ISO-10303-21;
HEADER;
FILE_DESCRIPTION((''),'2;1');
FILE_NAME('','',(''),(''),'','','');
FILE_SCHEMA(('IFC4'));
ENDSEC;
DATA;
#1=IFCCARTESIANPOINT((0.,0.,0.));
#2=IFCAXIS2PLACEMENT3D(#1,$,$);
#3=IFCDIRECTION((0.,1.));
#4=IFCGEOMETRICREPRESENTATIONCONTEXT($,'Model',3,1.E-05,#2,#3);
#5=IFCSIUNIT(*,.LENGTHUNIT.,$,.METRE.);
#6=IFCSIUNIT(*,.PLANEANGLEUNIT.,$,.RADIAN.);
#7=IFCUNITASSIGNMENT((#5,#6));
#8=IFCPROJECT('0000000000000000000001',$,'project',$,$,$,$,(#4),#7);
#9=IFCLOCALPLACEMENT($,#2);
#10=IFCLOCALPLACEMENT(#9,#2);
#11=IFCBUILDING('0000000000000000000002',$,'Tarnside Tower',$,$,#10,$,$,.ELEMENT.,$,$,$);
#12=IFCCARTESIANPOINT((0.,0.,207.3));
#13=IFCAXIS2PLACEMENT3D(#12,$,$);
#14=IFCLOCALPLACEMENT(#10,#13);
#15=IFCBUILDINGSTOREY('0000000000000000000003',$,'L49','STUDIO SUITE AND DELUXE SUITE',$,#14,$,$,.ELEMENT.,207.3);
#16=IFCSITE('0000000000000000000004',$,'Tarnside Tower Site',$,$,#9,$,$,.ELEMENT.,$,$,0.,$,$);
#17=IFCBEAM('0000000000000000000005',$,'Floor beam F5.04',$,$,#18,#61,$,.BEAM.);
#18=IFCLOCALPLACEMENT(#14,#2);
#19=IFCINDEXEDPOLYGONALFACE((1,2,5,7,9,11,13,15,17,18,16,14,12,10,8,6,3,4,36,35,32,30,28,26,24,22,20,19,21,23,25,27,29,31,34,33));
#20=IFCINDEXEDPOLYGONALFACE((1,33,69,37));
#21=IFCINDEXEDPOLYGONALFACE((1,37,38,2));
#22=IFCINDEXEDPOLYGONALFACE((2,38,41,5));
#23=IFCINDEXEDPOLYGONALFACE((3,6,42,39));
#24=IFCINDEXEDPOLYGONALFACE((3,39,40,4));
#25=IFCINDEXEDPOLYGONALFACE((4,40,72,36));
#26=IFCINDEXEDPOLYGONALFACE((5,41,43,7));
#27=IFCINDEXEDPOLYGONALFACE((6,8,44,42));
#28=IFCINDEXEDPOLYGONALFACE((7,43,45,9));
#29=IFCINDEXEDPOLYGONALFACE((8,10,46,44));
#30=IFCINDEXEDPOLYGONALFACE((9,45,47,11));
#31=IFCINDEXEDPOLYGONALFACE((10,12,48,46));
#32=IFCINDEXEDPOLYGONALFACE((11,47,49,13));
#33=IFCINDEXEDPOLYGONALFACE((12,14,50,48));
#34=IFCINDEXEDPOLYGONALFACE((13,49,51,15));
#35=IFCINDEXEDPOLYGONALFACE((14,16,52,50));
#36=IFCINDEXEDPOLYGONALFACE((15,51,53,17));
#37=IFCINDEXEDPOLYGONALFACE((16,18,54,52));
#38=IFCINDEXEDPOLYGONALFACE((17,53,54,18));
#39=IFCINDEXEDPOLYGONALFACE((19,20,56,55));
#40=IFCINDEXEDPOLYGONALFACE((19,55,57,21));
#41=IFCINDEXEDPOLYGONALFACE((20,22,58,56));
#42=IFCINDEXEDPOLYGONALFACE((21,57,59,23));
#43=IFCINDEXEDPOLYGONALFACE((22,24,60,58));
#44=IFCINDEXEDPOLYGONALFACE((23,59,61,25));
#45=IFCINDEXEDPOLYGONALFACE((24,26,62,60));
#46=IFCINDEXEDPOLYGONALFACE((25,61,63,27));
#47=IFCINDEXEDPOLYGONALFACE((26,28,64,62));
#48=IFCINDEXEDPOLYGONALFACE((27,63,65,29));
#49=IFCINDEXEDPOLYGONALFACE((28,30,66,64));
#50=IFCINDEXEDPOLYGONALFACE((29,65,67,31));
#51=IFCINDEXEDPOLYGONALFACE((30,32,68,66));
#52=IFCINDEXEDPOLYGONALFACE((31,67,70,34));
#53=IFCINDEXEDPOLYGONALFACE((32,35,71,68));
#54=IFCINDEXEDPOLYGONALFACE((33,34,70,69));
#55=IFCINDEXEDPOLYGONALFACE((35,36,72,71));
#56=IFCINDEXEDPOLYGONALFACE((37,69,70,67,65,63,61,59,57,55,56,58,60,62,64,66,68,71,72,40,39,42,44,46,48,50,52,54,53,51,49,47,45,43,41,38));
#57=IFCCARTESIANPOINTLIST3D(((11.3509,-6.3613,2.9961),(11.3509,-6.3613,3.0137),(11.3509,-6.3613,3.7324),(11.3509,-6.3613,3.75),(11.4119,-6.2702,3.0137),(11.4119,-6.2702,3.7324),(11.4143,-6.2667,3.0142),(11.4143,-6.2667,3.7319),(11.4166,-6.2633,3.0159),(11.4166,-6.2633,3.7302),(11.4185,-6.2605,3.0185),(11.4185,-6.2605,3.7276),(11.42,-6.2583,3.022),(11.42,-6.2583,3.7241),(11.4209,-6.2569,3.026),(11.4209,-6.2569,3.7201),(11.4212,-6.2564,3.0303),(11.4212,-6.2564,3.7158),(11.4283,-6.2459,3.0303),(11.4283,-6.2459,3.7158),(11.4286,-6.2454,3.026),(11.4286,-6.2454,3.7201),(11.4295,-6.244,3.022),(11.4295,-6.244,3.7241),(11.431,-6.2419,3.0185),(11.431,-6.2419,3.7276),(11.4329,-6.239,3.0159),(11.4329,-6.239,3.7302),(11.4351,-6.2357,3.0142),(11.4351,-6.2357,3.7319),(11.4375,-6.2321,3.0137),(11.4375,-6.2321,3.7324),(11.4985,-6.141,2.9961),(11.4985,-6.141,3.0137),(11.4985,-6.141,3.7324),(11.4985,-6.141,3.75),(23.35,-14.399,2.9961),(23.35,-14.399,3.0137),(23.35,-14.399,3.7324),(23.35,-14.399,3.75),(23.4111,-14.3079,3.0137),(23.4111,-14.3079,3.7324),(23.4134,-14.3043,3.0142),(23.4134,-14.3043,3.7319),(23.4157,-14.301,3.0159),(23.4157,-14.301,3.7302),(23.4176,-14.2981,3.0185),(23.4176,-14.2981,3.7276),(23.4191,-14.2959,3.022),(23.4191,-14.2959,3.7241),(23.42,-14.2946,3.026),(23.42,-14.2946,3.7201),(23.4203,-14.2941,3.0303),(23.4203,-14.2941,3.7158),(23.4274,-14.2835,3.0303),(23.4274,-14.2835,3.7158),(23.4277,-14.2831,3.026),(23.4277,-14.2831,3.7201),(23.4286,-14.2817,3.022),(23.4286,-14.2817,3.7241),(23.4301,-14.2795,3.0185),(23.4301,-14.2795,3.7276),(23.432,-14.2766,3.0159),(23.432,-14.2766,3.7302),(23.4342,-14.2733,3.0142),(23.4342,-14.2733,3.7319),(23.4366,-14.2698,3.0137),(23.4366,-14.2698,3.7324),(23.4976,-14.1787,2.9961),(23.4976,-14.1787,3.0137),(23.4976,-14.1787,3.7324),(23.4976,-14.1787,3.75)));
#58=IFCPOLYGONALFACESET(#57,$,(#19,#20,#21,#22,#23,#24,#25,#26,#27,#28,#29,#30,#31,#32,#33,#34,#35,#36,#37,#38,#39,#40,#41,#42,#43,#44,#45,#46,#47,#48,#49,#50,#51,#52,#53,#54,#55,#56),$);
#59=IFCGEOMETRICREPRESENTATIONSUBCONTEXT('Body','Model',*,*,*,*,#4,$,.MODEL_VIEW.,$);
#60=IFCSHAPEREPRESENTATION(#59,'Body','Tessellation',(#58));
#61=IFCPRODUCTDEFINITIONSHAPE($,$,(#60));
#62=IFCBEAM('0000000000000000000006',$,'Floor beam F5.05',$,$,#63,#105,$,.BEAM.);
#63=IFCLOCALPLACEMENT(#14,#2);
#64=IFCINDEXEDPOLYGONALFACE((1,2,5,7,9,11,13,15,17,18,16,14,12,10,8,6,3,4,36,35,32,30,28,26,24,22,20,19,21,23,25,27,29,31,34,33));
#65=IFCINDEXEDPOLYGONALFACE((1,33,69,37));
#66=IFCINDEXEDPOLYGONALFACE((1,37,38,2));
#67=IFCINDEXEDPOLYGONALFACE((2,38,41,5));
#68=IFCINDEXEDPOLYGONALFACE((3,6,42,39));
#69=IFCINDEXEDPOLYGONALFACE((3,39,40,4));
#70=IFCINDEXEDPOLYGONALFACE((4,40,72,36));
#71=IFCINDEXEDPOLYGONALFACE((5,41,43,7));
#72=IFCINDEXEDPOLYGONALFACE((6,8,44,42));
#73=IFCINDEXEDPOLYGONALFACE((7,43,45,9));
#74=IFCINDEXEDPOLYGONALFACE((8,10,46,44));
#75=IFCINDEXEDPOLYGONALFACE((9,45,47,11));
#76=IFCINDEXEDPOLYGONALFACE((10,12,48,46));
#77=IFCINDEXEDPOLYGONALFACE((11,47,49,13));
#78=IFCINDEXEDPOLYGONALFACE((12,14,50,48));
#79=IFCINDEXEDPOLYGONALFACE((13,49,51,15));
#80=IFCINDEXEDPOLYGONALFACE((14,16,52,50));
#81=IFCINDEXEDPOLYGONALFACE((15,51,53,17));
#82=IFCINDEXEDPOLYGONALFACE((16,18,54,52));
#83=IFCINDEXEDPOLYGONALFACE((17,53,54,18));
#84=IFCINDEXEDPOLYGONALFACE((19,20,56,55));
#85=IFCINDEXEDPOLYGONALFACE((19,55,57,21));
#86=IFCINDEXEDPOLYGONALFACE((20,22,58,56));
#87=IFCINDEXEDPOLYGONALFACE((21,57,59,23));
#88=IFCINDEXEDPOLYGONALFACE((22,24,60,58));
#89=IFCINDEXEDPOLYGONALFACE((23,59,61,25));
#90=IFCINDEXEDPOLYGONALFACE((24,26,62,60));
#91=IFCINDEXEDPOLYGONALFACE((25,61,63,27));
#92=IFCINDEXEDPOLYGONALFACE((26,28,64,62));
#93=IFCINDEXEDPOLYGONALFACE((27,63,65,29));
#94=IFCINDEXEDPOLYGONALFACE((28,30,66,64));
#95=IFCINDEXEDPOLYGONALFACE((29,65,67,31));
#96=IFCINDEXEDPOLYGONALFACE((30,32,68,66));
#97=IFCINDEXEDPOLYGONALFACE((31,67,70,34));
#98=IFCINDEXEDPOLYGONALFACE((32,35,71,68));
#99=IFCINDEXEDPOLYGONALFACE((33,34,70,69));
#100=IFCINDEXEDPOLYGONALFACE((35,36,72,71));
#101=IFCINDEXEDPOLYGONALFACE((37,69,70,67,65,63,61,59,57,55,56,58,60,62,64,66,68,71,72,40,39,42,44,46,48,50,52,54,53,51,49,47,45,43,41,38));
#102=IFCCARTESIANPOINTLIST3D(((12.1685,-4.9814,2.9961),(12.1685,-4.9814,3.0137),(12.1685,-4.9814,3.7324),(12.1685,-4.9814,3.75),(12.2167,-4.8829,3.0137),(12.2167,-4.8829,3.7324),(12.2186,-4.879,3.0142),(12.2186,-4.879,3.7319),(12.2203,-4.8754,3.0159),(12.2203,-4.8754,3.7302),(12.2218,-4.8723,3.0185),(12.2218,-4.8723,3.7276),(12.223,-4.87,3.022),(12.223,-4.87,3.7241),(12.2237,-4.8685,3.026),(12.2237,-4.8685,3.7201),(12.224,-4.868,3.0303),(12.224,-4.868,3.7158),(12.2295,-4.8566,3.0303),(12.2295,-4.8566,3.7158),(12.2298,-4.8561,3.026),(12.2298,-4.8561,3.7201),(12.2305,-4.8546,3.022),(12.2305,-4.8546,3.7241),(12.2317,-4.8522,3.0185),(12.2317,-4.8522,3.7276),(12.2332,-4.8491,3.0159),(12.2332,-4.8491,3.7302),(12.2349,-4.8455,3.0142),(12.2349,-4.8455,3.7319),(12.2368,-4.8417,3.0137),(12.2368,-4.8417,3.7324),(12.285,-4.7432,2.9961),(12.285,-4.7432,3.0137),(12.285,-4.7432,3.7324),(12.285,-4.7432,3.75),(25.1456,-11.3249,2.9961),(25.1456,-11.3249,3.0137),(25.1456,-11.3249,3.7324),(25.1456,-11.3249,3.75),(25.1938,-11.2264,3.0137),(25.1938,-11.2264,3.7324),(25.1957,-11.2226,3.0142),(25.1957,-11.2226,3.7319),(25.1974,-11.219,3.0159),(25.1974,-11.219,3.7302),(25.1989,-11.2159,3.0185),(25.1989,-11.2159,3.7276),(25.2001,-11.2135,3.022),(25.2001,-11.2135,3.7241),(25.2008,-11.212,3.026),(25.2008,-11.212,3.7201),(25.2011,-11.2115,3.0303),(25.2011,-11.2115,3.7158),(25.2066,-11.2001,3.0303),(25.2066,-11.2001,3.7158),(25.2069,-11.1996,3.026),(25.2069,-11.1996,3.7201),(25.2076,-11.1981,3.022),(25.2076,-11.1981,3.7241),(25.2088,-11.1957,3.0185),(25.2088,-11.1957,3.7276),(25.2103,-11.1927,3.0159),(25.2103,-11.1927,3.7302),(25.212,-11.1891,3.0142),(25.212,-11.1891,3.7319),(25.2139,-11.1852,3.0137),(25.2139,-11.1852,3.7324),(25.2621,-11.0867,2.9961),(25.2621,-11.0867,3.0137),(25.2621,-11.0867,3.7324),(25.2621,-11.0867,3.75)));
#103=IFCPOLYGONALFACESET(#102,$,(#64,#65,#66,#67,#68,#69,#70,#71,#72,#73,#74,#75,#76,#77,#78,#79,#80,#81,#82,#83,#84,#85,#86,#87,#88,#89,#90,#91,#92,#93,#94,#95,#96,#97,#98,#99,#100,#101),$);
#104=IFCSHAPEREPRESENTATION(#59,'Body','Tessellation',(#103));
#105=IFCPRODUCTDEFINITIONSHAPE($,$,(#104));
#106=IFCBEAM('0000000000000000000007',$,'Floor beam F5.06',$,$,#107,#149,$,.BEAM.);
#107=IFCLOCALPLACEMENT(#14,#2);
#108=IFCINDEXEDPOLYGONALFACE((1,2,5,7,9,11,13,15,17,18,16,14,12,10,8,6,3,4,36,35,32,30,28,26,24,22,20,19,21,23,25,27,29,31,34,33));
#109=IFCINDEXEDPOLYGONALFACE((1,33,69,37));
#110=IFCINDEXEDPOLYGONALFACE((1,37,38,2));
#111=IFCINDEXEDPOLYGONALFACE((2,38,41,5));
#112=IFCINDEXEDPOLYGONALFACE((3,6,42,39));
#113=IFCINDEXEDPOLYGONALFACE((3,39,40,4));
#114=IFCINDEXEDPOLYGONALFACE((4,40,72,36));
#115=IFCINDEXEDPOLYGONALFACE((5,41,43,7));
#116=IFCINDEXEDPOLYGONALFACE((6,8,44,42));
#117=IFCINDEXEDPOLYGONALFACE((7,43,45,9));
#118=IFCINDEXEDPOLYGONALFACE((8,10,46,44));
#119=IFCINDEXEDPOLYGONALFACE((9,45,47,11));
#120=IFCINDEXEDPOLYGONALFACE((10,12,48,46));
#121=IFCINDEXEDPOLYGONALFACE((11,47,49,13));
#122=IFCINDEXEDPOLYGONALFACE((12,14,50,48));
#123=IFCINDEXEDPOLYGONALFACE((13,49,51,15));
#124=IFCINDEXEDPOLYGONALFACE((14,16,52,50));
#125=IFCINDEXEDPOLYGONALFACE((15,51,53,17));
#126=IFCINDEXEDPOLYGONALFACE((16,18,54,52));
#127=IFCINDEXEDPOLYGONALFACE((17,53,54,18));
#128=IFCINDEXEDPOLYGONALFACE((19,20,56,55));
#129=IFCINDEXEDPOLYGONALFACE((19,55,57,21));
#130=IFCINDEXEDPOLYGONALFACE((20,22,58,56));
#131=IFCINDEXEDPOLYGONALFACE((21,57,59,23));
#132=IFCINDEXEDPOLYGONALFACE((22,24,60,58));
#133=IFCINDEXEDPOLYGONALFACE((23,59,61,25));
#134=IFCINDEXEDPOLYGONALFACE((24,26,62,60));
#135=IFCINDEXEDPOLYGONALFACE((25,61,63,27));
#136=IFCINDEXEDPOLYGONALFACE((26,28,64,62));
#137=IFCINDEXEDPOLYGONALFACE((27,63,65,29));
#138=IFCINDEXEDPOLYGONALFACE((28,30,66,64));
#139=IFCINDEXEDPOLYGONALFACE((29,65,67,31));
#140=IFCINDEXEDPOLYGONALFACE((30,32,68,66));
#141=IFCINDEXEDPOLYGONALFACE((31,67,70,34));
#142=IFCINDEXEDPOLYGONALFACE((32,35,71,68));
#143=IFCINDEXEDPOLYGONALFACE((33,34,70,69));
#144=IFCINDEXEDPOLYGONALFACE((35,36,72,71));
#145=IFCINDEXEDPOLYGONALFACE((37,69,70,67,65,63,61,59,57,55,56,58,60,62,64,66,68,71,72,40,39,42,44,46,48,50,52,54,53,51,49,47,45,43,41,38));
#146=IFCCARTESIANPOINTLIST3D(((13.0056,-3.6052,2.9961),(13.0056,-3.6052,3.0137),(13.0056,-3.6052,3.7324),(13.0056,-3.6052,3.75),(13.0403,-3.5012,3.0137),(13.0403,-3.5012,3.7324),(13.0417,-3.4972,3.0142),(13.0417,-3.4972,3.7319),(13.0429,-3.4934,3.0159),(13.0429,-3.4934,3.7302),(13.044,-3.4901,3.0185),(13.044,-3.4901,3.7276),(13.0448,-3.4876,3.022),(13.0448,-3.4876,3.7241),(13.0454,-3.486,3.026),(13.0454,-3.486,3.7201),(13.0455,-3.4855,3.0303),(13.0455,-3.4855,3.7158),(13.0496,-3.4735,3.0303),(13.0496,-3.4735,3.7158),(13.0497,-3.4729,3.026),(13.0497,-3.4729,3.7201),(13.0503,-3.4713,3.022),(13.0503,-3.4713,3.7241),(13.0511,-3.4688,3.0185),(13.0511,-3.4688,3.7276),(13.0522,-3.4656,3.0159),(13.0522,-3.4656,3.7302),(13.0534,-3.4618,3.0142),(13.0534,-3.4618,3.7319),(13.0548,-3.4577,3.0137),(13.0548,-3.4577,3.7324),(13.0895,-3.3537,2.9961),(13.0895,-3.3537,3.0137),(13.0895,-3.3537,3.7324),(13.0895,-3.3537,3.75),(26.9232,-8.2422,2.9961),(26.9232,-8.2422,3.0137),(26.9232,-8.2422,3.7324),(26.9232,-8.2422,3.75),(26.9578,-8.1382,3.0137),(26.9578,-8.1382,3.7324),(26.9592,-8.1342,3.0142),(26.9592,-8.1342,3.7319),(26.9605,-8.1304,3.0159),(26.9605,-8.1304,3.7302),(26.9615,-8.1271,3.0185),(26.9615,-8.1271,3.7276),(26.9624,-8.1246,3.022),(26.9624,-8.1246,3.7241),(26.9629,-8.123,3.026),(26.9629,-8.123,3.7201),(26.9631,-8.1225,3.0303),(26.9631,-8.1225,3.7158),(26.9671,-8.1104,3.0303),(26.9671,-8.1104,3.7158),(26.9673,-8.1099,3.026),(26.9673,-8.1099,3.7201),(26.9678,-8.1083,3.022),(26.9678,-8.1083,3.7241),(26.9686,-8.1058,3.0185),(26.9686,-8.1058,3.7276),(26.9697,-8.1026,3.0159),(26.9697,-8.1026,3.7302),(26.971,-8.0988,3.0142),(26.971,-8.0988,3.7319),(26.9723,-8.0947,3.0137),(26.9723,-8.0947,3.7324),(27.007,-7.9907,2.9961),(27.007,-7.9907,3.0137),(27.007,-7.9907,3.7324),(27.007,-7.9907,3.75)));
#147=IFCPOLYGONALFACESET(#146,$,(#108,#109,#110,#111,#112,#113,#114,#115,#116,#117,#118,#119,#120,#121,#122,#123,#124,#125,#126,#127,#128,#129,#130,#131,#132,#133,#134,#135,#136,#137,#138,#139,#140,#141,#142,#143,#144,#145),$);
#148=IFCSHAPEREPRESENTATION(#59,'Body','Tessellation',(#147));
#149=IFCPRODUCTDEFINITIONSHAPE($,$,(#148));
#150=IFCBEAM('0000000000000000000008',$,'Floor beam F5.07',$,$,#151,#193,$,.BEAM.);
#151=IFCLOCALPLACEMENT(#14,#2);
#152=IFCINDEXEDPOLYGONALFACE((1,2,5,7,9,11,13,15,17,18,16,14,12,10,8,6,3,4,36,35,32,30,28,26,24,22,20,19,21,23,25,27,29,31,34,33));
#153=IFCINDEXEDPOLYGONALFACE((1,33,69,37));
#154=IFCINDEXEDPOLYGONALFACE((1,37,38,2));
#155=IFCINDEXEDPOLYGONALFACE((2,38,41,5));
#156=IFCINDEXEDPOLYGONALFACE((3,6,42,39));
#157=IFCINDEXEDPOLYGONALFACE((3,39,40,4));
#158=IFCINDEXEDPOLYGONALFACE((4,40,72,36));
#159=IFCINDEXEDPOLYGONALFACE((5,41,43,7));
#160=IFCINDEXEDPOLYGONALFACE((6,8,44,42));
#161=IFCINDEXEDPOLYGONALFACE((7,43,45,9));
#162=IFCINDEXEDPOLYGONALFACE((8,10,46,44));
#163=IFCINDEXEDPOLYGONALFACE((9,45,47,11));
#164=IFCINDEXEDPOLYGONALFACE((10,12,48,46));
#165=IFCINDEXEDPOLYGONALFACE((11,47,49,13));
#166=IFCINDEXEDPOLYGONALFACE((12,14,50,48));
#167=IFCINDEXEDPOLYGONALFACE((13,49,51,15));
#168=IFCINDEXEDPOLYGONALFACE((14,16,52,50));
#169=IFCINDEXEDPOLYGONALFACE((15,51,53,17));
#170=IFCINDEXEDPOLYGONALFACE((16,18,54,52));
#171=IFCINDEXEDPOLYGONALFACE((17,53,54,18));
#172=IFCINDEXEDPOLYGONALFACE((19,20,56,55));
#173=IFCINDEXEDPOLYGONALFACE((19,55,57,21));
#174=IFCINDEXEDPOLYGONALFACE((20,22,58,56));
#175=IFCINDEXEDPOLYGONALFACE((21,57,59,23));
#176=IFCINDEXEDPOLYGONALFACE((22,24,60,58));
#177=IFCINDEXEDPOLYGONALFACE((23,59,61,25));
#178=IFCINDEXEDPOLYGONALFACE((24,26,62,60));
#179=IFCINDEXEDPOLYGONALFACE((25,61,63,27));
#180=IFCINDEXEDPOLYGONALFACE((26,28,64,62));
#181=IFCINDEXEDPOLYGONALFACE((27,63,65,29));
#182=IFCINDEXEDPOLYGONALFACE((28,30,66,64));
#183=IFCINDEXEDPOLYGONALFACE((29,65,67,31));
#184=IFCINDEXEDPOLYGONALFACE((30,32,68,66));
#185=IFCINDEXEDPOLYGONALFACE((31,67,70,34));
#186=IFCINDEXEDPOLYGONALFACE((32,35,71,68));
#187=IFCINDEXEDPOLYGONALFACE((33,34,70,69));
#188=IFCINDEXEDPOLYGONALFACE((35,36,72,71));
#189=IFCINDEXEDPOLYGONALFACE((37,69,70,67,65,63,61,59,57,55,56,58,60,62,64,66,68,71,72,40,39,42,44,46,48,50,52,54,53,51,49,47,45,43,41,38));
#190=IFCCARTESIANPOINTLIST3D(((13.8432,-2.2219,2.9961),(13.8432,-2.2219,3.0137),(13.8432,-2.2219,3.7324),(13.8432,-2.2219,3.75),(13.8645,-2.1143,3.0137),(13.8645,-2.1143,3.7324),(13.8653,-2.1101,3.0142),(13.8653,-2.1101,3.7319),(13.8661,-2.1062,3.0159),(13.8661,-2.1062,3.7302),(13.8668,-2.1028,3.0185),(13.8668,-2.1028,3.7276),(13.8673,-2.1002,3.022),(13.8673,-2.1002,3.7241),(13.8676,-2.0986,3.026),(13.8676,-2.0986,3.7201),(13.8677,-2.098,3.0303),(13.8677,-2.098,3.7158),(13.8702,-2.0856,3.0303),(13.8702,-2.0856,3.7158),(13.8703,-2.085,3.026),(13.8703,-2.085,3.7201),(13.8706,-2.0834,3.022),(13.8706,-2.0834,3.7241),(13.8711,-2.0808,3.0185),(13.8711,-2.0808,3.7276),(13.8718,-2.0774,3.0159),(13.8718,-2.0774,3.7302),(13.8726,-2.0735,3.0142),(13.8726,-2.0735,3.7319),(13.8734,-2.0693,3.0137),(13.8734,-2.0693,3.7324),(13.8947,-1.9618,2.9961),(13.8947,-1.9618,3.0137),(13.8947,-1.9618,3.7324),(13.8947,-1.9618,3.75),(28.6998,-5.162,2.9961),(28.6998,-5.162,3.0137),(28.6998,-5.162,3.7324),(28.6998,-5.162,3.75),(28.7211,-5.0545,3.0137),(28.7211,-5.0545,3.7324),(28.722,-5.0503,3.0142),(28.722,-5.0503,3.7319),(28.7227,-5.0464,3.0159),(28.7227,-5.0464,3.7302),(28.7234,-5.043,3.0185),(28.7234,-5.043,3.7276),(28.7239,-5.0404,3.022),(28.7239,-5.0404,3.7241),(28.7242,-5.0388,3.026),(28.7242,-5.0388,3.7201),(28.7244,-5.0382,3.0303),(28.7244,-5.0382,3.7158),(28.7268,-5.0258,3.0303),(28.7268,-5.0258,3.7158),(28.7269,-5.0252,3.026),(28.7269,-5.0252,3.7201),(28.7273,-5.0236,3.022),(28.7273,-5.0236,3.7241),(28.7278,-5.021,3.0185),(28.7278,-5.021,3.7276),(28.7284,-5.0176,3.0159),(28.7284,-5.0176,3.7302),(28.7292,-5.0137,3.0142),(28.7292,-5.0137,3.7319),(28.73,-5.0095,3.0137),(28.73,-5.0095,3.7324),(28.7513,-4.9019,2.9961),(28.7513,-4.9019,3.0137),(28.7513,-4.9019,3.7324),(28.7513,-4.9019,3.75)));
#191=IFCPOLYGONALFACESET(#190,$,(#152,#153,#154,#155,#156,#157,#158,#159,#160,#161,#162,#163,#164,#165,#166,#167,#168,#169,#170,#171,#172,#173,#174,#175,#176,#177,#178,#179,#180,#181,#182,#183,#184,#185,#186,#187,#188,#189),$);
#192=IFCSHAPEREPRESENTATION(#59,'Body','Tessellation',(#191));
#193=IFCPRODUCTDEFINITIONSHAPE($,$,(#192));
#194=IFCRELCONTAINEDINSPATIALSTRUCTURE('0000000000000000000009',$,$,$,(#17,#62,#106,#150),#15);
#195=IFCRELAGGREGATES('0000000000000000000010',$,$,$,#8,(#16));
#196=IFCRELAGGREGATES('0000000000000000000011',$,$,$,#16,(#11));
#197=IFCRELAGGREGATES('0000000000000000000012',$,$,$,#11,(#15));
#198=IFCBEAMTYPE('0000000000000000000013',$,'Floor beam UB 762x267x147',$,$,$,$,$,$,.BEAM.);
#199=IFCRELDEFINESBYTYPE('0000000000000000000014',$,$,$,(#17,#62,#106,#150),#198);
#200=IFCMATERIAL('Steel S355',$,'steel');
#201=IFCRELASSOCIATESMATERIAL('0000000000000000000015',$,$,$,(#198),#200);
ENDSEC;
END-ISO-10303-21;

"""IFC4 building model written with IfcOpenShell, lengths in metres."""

from ifc_helpers import new_model, si_unit, direction, frame, origin, origin_2d, place, context, subcontext, project, spatial, i_section, extrude, material, material_profile, profile_set, type_object, element, save


model = new_model("IFC4")

# Units and contexts
model_context = context("Model", 3, precision=1e-05, world=origin(), true_north=direction((0.0, 1.0)))
body_context = subcontext(model_context, "Body", "Model", "MODEL_VIEW")
ifc_project = project(units=[si_unit("LENGTHUNIT", "METRE"), si_unit("PLANEANGLEUNIT", "RADIAN")], contexts=[model_context])

# Site, building, storey
site_placement = place(None, origin())
site = spatial("IfcSite", under=ifc_project, at=site_placement, Name="Tarnside Tower Site", CompositionType="ELEMENT", RefElevation=0.0)
building_placement = place(site_placement, origin())
building = spatial("IfcBuilding", under=site, at=building_placement, Name="Tarnside Tower", CompositionType="ELEMENT")
storey_placement = place(building_placement, frame((0.0, 0.0, 207.3)))
storey = spatial("IfcBuildingStorey", under=building, at=storey_placement, Name="L49", Description="STUDIO SUITE AND DELUXE SUITE", CompositionType="ELEMENT", Elevation=207.3)

# Beams
ifc_material_1 = material(Name="Steel S355", Category="steel")
ifc_material_profile_1 = material_profile(ifc_material_1, i_section(OverallWidth=0.2651, OverallDepth=0.7539, WebThickness=0.0127, FlangeThickness=0.0176, FilletRadius=0.0166, at=origin_2d()), Name="UB 762x267x147")
ifc_profile_set_1 = profile_set([ifc_material_profile_1], Name="Steel S355")
beam_type_1 = type_object("IfcBeamType", Name="Floor beam UB 762x267x147", PredefinedType="BEAM", material=ifc_profile_set_1)
beam_1_placement = place(storey_placement, frame((23.4238, -14.2888, 3.373), z_axis=(-0.830826, 0.556532, 0.0), x_axis=(-0.556532, -0.830826, 0.0)))
element("IfcBeam", 1, at=beam_1_placement, inside=storey, type_object=beam_type_1, Name="Floor beam F5.04", PredefinedType="BEAM", context=body_context, shape_type="SweptSolid", body=[
    extrude(i_section(OverallWidth=0.2651, OverallDepth=0.7539, WebThickness=0.0127, FlangeThickness=0.0176, FilletRadius=0.0166, at=origin_2d()), origin(), (0.0, 0.0, 1.0), 14.4424),
])
beam_2_placement = place(storey_placement, frame((25.2039, -11.2058, 3.373), z_axis=(-0.898407, 0.439164, 0.0), x_axis=(-0.439164, -0.898407, 0.0)))
element("IfcBeam", 2, at=beam_2_placement, inside=storey, type_object=beam_type_1, Name="Floor beam F5.05", PredefinedType="BEAM", context=body_context, shape_type="SweptSolid", body=[
    extrude(i_section(OverallWidth=0.2651, OverallDepth=0.7539, WebThickness=0.0127, FlangeThickness=0.0176, FilletRadius=0.0166, at=origin_2d()), origin(), (0.0, 0.0, 1.0), 14.4446),
])
beam_3_placement = place(storey_placement, frame((26.9651, -8.1165, 3.373), z_axis=(-0.948728, 0.316093, 0.0), x_axis=(-0.316093, -0.948728, 0.0)))
element("IfcBeam", 3, at=beam_3_placement, inside=storey, type_object=beam_type_1, Name="Floor beam F5.06", PredefinedType="BEAM", context=body_context, shape_type="SweptSolid", body=[
    extrude(i_section(OverallWidth=0.2651, OverallDepth=0.7539, WebThickness=0.0127, FlangeThickness=0.0176, FilletRadius=0.0166, at=origin_2d()), origin(), (0.0, 0.0, 1.0), 14.6697),
])
beam_4_placement = place(storey_placement, frame((28.7256, -5.032, 3.373), z_axis=(-0.980974, 0.194138, 0.0), x_axis=(-0.194138, -0.980974, 0.0)))
element("IfcBeam", 4, at=beam_4_placement, inside=storey, type_object=beam_type_1, Name="Floor beam F5.07", PredefinedType="BEAM", context=body_context, shape_type="SweptSolid", body=[
    extrude(i_section(OverallWidth=0.2651, OverallDepth=0.7539, WebThickness=0.0127, FlangeThickness=0.0176, FilletRadius=0.0166, at=origin_2d()), origin(), (0.0, 0.0, 1.0), 15.1448),
])

save(model, "model.ifc")
